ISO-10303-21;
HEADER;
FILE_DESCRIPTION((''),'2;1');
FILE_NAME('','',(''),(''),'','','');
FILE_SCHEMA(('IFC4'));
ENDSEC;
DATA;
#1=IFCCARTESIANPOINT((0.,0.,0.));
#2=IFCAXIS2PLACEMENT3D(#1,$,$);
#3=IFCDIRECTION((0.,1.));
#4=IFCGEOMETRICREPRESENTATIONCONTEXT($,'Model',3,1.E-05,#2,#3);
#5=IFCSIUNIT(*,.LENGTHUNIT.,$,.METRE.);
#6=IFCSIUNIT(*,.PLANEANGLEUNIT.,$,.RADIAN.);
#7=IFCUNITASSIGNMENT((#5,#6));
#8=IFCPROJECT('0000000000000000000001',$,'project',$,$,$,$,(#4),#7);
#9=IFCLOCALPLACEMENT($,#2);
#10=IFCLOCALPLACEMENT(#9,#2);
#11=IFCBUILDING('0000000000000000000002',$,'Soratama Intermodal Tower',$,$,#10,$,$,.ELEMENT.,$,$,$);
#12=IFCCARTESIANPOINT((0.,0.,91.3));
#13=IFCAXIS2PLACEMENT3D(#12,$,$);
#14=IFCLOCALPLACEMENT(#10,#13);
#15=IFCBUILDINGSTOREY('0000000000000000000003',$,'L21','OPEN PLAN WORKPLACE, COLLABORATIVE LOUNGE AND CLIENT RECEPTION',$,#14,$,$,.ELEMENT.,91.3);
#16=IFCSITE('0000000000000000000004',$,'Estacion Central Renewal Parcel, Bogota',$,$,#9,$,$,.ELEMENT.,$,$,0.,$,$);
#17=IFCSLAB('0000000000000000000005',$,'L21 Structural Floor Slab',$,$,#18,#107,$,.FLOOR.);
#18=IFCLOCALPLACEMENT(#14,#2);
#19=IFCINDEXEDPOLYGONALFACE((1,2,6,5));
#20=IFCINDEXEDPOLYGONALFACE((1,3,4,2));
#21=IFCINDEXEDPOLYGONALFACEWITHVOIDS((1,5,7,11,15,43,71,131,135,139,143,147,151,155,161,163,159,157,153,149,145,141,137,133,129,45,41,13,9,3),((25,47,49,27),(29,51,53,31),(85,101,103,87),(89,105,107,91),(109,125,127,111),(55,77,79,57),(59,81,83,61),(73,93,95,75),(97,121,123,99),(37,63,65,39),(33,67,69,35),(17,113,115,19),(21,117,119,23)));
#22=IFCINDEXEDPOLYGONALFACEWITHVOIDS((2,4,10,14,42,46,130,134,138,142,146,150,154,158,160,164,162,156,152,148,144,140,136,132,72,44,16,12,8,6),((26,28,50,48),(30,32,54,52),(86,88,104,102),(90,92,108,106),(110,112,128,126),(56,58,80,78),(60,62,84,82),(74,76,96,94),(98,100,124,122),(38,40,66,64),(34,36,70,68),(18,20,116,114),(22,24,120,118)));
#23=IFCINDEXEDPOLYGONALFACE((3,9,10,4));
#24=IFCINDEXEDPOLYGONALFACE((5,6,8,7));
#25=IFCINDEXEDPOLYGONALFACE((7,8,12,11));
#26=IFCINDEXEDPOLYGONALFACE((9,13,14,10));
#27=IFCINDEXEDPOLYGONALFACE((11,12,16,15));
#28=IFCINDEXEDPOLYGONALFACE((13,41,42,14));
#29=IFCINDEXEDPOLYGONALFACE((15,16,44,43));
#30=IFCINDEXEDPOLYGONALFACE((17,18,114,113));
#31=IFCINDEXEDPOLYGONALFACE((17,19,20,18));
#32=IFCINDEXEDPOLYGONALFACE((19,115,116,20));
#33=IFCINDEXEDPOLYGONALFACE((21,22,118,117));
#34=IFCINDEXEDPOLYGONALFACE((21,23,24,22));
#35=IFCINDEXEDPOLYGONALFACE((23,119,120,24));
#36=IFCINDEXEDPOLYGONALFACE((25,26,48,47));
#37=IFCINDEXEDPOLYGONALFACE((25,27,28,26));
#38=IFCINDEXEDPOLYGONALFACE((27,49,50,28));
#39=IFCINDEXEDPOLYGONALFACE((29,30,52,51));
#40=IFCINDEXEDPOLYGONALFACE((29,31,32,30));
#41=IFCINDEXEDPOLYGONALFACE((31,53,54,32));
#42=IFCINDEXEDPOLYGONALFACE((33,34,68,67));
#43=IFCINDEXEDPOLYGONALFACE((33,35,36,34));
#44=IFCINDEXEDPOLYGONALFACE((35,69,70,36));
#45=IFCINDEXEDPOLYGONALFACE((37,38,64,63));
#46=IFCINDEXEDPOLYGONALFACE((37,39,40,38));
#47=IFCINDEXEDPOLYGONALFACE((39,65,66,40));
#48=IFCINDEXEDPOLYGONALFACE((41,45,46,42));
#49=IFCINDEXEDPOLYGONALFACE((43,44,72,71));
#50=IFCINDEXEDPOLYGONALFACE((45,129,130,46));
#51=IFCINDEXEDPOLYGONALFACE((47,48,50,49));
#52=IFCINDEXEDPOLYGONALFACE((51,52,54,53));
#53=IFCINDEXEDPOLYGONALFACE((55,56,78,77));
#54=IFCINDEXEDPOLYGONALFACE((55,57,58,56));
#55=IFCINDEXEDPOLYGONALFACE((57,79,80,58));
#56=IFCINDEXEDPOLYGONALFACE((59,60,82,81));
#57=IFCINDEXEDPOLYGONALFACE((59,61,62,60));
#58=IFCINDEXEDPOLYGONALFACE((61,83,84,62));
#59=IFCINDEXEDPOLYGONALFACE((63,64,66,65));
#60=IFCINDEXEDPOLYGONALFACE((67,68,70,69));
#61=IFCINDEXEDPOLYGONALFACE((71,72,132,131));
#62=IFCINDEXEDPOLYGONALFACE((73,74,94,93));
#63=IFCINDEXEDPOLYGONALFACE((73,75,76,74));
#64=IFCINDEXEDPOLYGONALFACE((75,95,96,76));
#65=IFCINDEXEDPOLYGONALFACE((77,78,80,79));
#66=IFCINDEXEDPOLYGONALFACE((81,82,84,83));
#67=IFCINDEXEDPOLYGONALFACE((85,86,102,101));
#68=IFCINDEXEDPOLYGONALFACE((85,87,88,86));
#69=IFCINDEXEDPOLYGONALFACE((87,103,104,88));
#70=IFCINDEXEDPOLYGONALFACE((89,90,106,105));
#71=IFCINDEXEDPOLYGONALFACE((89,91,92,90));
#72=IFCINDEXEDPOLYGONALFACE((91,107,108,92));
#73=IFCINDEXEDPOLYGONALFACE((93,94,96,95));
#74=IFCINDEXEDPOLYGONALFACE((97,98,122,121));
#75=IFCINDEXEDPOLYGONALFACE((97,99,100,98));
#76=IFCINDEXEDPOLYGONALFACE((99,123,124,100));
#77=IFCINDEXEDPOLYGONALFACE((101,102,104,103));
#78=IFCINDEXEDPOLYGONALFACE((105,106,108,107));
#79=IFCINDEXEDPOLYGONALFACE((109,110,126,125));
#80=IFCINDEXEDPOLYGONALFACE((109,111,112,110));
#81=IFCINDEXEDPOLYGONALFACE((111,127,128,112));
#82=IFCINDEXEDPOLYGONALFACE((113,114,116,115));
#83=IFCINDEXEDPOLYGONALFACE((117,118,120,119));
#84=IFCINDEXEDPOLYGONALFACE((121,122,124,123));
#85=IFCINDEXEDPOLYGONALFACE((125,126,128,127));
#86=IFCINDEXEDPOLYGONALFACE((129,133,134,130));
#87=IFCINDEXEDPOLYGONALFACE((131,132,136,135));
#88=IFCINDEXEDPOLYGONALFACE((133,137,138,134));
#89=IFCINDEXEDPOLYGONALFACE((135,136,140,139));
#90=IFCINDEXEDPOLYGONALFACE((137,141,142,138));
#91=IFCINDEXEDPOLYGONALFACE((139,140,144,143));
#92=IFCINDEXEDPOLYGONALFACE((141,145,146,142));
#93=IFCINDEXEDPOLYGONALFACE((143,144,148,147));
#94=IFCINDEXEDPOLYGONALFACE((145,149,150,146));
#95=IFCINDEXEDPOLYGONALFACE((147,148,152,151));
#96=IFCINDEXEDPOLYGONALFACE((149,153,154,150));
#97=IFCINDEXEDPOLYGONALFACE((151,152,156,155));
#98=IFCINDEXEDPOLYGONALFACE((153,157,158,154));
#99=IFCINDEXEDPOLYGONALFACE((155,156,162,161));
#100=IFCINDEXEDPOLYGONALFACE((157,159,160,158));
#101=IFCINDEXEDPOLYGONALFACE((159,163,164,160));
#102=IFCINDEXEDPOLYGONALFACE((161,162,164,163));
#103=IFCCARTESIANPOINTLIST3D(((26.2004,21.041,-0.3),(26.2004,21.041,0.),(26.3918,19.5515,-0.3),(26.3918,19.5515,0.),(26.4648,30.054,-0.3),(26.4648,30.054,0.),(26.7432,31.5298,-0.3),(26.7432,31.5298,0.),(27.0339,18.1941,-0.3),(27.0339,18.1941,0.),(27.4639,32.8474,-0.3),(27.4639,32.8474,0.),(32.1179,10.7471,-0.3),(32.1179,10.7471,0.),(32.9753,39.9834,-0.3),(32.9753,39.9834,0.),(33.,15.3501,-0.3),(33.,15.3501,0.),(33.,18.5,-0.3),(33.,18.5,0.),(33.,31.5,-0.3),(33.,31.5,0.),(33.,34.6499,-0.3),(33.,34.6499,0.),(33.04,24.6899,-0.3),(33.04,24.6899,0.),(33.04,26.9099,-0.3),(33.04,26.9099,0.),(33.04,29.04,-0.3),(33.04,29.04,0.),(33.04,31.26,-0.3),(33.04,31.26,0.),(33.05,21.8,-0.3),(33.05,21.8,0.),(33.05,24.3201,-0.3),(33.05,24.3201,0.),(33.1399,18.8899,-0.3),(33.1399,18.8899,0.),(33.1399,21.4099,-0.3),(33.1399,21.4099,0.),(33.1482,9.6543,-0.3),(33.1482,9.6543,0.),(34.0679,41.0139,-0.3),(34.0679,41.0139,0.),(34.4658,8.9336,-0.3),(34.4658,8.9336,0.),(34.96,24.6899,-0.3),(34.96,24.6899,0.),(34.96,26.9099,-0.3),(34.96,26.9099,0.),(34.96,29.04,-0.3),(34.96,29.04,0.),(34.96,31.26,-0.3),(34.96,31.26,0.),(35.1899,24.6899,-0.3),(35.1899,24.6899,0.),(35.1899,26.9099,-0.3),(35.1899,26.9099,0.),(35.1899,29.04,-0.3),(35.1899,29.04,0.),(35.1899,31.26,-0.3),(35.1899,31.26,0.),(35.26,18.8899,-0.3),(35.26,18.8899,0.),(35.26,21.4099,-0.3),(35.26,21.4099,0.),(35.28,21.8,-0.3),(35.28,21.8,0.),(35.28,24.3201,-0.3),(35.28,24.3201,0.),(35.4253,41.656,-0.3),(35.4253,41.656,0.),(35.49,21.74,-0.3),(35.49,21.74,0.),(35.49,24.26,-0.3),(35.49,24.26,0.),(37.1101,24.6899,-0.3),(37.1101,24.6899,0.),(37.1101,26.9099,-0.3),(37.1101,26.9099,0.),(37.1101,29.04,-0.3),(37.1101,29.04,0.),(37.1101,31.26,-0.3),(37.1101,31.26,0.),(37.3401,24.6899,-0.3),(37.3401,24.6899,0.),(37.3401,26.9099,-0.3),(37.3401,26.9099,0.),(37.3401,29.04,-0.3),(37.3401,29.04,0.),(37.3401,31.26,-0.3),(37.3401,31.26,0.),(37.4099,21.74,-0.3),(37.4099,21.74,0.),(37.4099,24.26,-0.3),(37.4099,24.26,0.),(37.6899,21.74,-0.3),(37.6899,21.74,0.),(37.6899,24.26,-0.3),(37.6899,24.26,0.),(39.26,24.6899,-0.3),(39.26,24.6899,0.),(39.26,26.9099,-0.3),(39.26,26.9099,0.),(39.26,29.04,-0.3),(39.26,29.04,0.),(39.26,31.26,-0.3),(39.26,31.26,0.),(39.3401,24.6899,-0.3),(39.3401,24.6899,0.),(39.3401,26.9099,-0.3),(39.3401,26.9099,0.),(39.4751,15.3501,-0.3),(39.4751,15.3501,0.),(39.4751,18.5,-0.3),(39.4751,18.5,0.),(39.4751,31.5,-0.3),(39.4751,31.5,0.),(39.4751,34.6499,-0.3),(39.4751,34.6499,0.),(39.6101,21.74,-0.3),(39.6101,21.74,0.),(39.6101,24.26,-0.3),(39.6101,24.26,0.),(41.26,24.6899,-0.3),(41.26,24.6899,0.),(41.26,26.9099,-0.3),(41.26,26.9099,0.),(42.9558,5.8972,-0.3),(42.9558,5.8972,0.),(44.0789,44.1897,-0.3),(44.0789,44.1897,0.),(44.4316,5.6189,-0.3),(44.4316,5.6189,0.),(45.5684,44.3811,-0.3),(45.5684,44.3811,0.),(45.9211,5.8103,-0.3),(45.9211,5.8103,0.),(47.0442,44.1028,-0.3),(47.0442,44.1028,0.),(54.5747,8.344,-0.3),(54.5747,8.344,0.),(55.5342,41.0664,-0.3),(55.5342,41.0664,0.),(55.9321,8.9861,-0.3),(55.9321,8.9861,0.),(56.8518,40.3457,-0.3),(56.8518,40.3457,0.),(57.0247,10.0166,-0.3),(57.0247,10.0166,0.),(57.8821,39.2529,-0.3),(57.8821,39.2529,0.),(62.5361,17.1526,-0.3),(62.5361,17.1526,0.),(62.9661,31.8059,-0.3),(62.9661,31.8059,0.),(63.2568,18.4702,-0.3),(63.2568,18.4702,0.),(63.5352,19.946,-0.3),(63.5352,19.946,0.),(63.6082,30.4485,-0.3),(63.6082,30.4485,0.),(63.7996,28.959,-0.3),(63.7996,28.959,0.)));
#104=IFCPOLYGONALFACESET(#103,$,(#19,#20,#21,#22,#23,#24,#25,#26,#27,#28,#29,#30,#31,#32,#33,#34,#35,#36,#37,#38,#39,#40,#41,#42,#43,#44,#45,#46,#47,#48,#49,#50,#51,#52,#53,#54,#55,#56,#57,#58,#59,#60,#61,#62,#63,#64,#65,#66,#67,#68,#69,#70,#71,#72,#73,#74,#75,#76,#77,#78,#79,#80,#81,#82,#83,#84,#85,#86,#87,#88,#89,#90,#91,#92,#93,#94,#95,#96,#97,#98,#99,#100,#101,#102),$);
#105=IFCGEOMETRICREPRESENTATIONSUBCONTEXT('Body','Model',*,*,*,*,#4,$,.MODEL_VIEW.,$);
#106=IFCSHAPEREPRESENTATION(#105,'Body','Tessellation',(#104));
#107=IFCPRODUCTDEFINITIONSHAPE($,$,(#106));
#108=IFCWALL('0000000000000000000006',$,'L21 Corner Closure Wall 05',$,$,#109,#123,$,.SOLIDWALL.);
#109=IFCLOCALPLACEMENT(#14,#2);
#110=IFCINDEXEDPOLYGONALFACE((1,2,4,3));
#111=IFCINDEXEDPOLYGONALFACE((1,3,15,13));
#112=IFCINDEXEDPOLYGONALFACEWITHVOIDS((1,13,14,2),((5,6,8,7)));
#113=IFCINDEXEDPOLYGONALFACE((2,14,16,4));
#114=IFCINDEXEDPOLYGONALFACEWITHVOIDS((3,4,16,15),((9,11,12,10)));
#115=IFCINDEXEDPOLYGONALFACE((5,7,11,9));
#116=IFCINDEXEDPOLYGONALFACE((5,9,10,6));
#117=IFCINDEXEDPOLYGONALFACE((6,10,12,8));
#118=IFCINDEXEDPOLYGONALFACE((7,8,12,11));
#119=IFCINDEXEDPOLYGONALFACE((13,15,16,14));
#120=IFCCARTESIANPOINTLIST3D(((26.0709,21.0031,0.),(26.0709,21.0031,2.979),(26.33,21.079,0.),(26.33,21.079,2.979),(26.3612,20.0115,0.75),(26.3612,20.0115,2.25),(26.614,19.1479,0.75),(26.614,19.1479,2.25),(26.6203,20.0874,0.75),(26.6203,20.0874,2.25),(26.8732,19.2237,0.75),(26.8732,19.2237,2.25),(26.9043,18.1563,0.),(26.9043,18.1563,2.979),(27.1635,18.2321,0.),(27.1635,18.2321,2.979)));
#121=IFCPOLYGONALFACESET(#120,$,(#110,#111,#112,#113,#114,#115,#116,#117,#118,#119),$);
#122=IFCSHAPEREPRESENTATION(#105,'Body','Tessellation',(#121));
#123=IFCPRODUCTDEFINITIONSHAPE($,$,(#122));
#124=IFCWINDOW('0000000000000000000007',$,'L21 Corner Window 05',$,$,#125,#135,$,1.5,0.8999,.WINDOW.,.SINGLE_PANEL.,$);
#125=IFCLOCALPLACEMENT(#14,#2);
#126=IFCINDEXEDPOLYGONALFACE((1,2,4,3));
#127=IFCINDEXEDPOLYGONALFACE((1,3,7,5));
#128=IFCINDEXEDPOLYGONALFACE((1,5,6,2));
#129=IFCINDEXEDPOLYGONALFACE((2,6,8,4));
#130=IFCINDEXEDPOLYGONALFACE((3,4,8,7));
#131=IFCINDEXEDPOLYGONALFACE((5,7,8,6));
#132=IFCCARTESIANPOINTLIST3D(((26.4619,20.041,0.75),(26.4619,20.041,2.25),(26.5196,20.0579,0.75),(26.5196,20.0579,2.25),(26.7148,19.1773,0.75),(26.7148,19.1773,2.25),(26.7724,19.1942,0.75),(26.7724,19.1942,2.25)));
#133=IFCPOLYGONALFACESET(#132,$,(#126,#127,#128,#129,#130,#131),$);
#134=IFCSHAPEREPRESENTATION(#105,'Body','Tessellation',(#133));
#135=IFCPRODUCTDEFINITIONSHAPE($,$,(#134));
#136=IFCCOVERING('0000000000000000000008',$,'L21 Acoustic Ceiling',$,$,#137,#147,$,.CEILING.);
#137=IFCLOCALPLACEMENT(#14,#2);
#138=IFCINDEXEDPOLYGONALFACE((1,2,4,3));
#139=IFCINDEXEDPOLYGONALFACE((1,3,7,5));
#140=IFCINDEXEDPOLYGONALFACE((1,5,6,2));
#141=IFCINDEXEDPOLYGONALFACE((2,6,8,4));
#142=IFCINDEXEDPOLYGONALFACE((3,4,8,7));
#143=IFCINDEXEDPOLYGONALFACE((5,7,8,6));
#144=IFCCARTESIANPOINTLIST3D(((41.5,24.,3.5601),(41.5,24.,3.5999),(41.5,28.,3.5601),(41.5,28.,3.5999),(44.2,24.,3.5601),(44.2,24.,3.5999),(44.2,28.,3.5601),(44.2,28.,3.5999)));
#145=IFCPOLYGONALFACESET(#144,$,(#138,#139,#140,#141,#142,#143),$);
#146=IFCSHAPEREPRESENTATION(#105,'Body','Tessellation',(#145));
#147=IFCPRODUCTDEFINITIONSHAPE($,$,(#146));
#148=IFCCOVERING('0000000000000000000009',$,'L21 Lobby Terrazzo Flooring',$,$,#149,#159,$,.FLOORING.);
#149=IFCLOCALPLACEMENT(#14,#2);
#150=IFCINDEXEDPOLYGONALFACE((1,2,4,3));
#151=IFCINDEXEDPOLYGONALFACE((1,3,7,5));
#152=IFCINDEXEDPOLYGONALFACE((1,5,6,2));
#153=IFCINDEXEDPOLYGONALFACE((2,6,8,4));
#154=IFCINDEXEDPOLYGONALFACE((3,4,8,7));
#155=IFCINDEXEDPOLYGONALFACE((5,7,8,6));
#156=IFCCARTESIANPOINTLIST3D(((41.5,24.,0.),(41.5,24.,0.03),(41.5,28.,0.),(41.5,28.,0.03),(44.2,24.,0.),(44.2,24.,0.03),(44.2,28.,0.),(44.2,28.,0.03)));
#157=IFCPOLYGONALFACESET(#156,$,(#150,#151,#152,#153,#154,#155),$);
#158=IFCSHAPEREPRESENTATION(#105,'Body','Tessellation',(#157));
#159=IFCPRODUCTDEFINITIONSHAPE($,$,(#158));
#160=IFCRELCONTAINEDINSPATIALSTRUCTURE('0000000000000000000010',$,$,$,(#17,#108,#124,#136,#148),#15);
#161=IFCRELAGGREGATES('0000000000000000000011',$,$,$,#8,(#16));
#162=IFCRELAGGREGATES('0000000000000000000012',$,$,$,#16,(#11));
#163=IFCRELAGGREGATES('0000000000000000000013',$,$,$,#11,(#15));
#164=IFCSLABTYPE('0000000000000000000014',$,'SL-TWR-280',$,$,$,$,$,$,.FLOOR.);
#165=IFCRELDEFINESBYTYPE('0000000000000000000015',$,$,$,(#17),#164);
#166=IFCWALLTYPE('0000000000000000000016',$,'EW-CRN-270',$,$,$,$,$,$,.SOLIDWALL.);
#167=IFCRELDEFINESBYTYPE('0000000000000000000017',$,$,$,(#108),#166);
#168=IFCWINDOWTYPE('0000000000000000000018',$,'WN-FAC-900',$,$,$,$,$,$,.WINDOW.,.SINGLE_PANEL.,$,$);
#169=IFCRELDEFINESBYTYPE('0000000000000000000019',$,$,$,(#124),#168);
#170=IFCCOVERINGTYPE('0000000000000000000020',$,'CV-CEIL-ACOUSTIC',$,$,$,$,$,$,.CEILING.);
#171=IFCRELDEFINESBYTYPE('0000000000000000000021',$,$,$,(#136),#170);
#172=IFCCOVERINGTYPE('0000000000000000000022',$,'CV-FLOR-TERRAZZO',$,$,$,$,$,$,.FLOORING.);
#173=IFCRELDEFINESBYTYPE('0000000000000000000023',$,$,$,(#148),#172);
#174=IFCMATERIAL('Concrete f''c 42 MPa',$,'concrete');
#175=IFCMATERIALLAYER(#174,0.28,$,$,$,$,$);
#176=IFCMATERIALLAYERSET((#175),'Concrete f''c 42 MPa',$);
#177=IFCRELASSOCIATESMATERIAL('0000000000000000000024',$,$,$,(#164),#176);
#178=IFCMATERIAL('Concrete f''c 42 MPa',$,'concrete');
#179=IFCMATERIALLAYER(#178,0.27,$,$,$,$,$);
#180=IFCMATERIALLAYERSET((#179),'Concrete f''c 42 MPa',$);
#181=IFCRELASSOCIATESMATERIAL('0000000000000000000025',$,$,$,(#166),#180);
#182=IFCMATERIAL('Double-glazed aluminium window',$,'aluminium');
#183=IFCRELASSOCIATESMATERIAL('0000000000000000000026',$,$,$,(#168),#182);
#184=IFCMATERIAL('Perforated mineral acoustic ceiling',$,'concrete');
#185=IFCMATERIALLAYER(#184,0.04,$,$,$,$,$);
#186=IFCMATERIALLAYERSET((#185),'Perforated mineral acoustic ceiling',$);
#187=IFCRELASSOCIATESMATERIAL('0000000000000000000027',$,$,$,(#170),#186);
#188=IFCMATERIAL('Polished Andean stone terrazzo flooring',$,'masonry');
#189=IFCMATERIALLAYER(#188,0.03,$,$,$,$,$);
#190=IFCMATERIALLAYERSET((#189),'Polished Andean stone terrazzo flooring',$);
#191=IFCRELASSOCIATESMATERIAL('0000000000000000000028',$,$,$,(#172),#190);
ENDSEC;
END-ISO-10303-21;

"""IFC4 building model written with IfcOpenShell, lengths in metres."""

from ifc_helpers import new_model, si_unit, direction, frame, frame_2d, origin, place, context, subcontext, project, spatial, polyline, rectangle, outline, extrude, material, layer, layer_set, type_object, element, fill, save


model = new_model("IFC4")

# Units and contexts
model_context = context("Model", 3, precision=1e-05, world=origin(), true_north=direction((0.0, 1.0)))
body_context = subcontext(model_context, "Body", "Model", "MODEL_VIEW")
ifc_project = project(units=[si_unit("LENGTHUNIT", "METRE"), si_unit("PLANEANGLEUNIT", "RADIAN")], contexts=[model_context])

# Site, building, storey
site_placement = place(None, origin())
site = spatial("IfcSite", under=ifc_project, at=site_placement, Name="Estacion Central Renewal Parcel, Bogota", CompositionType="ELEMENT", RefElevation=0.0)
building_placement = place(site_placement, origin())
building = spatial("IfcBuilding", under=site, at=building_placement, Name="Soratama Intermodal Tower", CompositionType="ELEMENT")
storey_placement = place(building_placement, frame((0.0, 0.0, 91.3)))
storey = spatial("IfcBuildingStorey", under=building, at=storey_placement, Name="L21", Description="OPEN PLAN WORKPLACE, COLLABORATIVE LOUNGE AND CLIENT RECEPTION", CompositionType="ELEMENT", Elevation=91.3)

# Slab
ifc_material_1 = material(Name="Concrete f'c 42 MPa", Category="concrete")
ifc_layer_1 = layer(ifc_material_1, 0.28)
ifc_layer_set_1 = layer_set([ifc_layer_1], Name="Concrete f'c 42 MPa")
slab_type_1 = type_object("IfcSlabType", Name="SL-TWR-280", PredefinedType="FLOOR", material=ifc_layer_set_1)
slab_1_placement = place(storey_placement, frame((0.0, 0.0, -0.3)))
element("IfcSlab", 1, at=slab_1_placement, inside=storey, type_object=slab_type_1, Name="L21 Structural Floor Slab", PredefinedType="FLOOR", context=body_context, shape_type="SweptSolid", body=[
    extrude(outline(polyline([(63.7996, 28.959), (63.6082, 30.4485), (62.9661, 31.8059), (57.8821, 39.2529), (56.8518, 40.3457), (55.5342, 41.0664), (47.0442, 44.1028), (45.5684, 44.3811), (44.0789, 44.1897), (35.4253, 41.656), (34.0679, 41.0139), (32.9753, 39.9834), (27.4639, 32.8474), (26.7432, 31.5298), (26.4648, 30.054), (26.2004, 21.041), (26.3918, 19.5515), (27.0339, 18.1941), (32.1179, 10.7471), (33.1482, 9.6543), (34.4658, 8.9336), (42.9558, 5.8972), (44.4316, 5.6189), (45.9211, 5.8103), (54.5747, 8.344), (55.9321, 8.9861), (57.0247, 10.0166), (62.5361, 17.1526), (63.2568, 18.4702), (63.5352, 19.946), (63.7996, 28.959)]), holes=[polyline([(33.0, 18.5), (33.0, 15.3501), (39.4751, 15.3501), (39.4751, 18.5), (33.0, 18.5)]), polyline([(35.26, 18.8899), (35.26, 21.4099), (33.1399, 21.4099), (33.1399, 18.8899), (35.26, 18.8899)]), polyline([(33.05, 21.8), (35.28, 21.8), (35.28, 24.3201), (33.05, 24.3201), (33.05, 21.8)]), polyline([(34.96, 26.9099), (33.04, 26.9099), (33.04, 24.6899), (34.96, 24.6899), (34.96, 26.9099)]), polyline([(37.1101, 24.6899), (37.1101, 26.9099), (35.1899, 26.9099), (35.1899, 24.6899), (37.1101, 24.6899)]), polyline([(34.96, 29.04), (34.96, 31.26), (33.04, 31.26), (33.04, 29.04), (34.96, 29.04)]), polyline([(37.1101, 31.26), (35.1899, 31.26), (35.1899, 29.04), (37.1101, 29.04), (37.1101, 31.26)]), polyline([(37.4099, 21.74), (37.4099, 24.26), (35.49, 24.26), (35.49, 21.74), (37.4099, 21.74)]), polyline([(39.6101, 21.74), (39.6101, 24.26), (37.6899, 24.26), (37.6899, 21.74), (39.6101, 21.74)]), polyline([(39.26, 24.6899), (39.26, 26.9099), (37.3401, 26.9099), (37.3401, 24.6899), (39.26, 24.6899)]), polyline([(41.26, 24.6899), (41.26, 26.9099), (39.3401, 26.9099), (39.3401, 24.6899), (41.26, 24.6899)]), polyline([(39.26, 29.04), (39.26, 31.26), (37.3401, 31.26), (37.3401, 29.04), (39.26, 29.04)]), polyline([(39.4751, 34.6499), (33.0, 34.6499), (33.0, 31.5), (39.4751, 31.5), (39.4751, 34.6499)])]), origin(), (0.0, 0.0, 1.0), 0.3),
])

# Wall, opening, window
ifc_material_2 = material(Name="Concrete f'c 42 MPa", Category="concrete")
ifc_layer_2 = layer(ifc_material_2, 0.27)
ifc_layer_set_2 = layer_set([ifc_layer_2], Name="Concrete f'c 42 MPa")
wall_type = type_object("IfcWallType", Name="EW-CRN-270", PredefinedType="SOLIDWALL", material=ifc_layer_set_2)
wall_placement = place(storey_placement, frame((26.2004, 21.041, 0.0), z_axis=(0.0, 0.0, 1.0), x_axis=(0.280976, -0.959715, 0.0)))
wall = element("IfcWall", 2, at=wall_placement, inside=storey, type_object=wall_type, Name="L21 Corner Closure Wall 05", PredefinedType="SOLIDWALL", context=body_context, shape_type="SweptSolid", body=[
    extrude(rectangle(XDim=2.9663, YDim=0.27, at=frame_2d((1.4832, 0.0))), origin(), (0.0, 0.0, 1.0), 2.979),
])
opening_placement = place(wall_placement, frame((1.0332, 0.0, 0.75)))
opening = element("IfcOpeningElement", 3, at=opening_placement, cuts=wall, PredefinedType="OPENING", context=body_context, shape_type="SweptSolid", body=[
    extrude(rectangle(XDim=0.8999, YDim=1.5, at=frame_2d((0.45, 0.75))), frame((0.0, 0.145, 0.0), z_axis=(0.0, -1.0, 0.0), x_axis=(1.0, 0.0, 0.0)), (0.0, 0.0, 1.0), 0.29),
])
ifc_material_3 = material(Name="Double-glazed aluminium window", Category="aluminium")
window_type = type_object("IfcWindowType", Name="WN-FAC-900", PartitioningType="SINGLE_PANEL", PredefinedType="WINDOW", material=ifc_material_3)
window_placement = place(opening_placement, origin())
window = element("IfcWindow", 4, at=window_placement, inside=storey, type_object=window_type, Name="L21 Corner Window 05", OverallHeight=1.5, OverallWidth=0.8999, PartitioningType="SINGLE_PANEL", PredefinedType="WINDOW", context=body_context, shape_type="SweptSolid", body=[
    extrude(rectangle(XDim=0.8999, YDim=1.5, at=frame_2d((0.45, 0.75))), frame((0.0, 0.03, 0.0), z_axis=(0.0, -1.0, 0.0), x_axis=(1.0, 0.0, 0.0)), (0.0, 0.0, 1.0), 0.0601),
])
fill(opening, window)

# Coverings
ifc_material_4 = material(Name="Perforated mineral acoustic ceiling", Category="concrete")
ifc_layer_3 = layer(ifc_material_4, 0.04)
ifc_layer_set_3 = layer_set([ifc_layer_3], Name="Perforated mineral acoustic ceiling")
covering_type_1 = type_object("IfcCoveringType", Name="CV-CEIL-ACOUSTIC", PredefinedType="CEILING", material=ifc_layer_set_3)
covering_1_placement = place(storey_placement, frame((0.0, 0.0, 3.5601)))
element("IfcCovering", 5, at=covering_1_placement, inside=storey, type_object=covering_type_1, Name="L21 Acoustic Ceiling", PredefinedType="CEILING", context=body_context, shape_type="SweptSolid", body=[
    extrude(outline(polyline([(41.5, 24.0), (44.2, 24.0), (44.2, 28.0), (41.5, 28.0), (41.5, 24.0)])), origin(), (0.0, 0.0, 1.0), 0.0398),
])
ifc_material_5 = material(Name="Polished Andean stone terrazzo flooring", Category="masonry")
ifc_layer_4 = layer(ifc_material_5, 0.03)
ifc_layer_set_4 = layer_set([ifc_layer_4], Name="Polished Andean stone terrazzo flooring")
covering_type_2 = type_object("IfcCoveringType", Name="CV-FLOR-TERRAZZO", PredefinedType="FLOORING", material=ifc_layer_set_4)
covering_2_placement = place(storey_placement, origin())
element("IfcCovering", 6, at=covering_2_placement, inside=storey, type_object=covering_type_2, Name="L21 Lobby Terrazzo Flooring", PredefinedType="FLOORING", context=body_context, shape_type="SweptSolid", body=[
    extrude(outline(polyline([(41.5, 24.0), (44.2, 24.0), (44.2, 28.0), (41.5, 28.0), (41.5, 24.0)])), origin(), (0.0, 0.0, 1.0), 0.03),
])

save(model, "model.ifc")
